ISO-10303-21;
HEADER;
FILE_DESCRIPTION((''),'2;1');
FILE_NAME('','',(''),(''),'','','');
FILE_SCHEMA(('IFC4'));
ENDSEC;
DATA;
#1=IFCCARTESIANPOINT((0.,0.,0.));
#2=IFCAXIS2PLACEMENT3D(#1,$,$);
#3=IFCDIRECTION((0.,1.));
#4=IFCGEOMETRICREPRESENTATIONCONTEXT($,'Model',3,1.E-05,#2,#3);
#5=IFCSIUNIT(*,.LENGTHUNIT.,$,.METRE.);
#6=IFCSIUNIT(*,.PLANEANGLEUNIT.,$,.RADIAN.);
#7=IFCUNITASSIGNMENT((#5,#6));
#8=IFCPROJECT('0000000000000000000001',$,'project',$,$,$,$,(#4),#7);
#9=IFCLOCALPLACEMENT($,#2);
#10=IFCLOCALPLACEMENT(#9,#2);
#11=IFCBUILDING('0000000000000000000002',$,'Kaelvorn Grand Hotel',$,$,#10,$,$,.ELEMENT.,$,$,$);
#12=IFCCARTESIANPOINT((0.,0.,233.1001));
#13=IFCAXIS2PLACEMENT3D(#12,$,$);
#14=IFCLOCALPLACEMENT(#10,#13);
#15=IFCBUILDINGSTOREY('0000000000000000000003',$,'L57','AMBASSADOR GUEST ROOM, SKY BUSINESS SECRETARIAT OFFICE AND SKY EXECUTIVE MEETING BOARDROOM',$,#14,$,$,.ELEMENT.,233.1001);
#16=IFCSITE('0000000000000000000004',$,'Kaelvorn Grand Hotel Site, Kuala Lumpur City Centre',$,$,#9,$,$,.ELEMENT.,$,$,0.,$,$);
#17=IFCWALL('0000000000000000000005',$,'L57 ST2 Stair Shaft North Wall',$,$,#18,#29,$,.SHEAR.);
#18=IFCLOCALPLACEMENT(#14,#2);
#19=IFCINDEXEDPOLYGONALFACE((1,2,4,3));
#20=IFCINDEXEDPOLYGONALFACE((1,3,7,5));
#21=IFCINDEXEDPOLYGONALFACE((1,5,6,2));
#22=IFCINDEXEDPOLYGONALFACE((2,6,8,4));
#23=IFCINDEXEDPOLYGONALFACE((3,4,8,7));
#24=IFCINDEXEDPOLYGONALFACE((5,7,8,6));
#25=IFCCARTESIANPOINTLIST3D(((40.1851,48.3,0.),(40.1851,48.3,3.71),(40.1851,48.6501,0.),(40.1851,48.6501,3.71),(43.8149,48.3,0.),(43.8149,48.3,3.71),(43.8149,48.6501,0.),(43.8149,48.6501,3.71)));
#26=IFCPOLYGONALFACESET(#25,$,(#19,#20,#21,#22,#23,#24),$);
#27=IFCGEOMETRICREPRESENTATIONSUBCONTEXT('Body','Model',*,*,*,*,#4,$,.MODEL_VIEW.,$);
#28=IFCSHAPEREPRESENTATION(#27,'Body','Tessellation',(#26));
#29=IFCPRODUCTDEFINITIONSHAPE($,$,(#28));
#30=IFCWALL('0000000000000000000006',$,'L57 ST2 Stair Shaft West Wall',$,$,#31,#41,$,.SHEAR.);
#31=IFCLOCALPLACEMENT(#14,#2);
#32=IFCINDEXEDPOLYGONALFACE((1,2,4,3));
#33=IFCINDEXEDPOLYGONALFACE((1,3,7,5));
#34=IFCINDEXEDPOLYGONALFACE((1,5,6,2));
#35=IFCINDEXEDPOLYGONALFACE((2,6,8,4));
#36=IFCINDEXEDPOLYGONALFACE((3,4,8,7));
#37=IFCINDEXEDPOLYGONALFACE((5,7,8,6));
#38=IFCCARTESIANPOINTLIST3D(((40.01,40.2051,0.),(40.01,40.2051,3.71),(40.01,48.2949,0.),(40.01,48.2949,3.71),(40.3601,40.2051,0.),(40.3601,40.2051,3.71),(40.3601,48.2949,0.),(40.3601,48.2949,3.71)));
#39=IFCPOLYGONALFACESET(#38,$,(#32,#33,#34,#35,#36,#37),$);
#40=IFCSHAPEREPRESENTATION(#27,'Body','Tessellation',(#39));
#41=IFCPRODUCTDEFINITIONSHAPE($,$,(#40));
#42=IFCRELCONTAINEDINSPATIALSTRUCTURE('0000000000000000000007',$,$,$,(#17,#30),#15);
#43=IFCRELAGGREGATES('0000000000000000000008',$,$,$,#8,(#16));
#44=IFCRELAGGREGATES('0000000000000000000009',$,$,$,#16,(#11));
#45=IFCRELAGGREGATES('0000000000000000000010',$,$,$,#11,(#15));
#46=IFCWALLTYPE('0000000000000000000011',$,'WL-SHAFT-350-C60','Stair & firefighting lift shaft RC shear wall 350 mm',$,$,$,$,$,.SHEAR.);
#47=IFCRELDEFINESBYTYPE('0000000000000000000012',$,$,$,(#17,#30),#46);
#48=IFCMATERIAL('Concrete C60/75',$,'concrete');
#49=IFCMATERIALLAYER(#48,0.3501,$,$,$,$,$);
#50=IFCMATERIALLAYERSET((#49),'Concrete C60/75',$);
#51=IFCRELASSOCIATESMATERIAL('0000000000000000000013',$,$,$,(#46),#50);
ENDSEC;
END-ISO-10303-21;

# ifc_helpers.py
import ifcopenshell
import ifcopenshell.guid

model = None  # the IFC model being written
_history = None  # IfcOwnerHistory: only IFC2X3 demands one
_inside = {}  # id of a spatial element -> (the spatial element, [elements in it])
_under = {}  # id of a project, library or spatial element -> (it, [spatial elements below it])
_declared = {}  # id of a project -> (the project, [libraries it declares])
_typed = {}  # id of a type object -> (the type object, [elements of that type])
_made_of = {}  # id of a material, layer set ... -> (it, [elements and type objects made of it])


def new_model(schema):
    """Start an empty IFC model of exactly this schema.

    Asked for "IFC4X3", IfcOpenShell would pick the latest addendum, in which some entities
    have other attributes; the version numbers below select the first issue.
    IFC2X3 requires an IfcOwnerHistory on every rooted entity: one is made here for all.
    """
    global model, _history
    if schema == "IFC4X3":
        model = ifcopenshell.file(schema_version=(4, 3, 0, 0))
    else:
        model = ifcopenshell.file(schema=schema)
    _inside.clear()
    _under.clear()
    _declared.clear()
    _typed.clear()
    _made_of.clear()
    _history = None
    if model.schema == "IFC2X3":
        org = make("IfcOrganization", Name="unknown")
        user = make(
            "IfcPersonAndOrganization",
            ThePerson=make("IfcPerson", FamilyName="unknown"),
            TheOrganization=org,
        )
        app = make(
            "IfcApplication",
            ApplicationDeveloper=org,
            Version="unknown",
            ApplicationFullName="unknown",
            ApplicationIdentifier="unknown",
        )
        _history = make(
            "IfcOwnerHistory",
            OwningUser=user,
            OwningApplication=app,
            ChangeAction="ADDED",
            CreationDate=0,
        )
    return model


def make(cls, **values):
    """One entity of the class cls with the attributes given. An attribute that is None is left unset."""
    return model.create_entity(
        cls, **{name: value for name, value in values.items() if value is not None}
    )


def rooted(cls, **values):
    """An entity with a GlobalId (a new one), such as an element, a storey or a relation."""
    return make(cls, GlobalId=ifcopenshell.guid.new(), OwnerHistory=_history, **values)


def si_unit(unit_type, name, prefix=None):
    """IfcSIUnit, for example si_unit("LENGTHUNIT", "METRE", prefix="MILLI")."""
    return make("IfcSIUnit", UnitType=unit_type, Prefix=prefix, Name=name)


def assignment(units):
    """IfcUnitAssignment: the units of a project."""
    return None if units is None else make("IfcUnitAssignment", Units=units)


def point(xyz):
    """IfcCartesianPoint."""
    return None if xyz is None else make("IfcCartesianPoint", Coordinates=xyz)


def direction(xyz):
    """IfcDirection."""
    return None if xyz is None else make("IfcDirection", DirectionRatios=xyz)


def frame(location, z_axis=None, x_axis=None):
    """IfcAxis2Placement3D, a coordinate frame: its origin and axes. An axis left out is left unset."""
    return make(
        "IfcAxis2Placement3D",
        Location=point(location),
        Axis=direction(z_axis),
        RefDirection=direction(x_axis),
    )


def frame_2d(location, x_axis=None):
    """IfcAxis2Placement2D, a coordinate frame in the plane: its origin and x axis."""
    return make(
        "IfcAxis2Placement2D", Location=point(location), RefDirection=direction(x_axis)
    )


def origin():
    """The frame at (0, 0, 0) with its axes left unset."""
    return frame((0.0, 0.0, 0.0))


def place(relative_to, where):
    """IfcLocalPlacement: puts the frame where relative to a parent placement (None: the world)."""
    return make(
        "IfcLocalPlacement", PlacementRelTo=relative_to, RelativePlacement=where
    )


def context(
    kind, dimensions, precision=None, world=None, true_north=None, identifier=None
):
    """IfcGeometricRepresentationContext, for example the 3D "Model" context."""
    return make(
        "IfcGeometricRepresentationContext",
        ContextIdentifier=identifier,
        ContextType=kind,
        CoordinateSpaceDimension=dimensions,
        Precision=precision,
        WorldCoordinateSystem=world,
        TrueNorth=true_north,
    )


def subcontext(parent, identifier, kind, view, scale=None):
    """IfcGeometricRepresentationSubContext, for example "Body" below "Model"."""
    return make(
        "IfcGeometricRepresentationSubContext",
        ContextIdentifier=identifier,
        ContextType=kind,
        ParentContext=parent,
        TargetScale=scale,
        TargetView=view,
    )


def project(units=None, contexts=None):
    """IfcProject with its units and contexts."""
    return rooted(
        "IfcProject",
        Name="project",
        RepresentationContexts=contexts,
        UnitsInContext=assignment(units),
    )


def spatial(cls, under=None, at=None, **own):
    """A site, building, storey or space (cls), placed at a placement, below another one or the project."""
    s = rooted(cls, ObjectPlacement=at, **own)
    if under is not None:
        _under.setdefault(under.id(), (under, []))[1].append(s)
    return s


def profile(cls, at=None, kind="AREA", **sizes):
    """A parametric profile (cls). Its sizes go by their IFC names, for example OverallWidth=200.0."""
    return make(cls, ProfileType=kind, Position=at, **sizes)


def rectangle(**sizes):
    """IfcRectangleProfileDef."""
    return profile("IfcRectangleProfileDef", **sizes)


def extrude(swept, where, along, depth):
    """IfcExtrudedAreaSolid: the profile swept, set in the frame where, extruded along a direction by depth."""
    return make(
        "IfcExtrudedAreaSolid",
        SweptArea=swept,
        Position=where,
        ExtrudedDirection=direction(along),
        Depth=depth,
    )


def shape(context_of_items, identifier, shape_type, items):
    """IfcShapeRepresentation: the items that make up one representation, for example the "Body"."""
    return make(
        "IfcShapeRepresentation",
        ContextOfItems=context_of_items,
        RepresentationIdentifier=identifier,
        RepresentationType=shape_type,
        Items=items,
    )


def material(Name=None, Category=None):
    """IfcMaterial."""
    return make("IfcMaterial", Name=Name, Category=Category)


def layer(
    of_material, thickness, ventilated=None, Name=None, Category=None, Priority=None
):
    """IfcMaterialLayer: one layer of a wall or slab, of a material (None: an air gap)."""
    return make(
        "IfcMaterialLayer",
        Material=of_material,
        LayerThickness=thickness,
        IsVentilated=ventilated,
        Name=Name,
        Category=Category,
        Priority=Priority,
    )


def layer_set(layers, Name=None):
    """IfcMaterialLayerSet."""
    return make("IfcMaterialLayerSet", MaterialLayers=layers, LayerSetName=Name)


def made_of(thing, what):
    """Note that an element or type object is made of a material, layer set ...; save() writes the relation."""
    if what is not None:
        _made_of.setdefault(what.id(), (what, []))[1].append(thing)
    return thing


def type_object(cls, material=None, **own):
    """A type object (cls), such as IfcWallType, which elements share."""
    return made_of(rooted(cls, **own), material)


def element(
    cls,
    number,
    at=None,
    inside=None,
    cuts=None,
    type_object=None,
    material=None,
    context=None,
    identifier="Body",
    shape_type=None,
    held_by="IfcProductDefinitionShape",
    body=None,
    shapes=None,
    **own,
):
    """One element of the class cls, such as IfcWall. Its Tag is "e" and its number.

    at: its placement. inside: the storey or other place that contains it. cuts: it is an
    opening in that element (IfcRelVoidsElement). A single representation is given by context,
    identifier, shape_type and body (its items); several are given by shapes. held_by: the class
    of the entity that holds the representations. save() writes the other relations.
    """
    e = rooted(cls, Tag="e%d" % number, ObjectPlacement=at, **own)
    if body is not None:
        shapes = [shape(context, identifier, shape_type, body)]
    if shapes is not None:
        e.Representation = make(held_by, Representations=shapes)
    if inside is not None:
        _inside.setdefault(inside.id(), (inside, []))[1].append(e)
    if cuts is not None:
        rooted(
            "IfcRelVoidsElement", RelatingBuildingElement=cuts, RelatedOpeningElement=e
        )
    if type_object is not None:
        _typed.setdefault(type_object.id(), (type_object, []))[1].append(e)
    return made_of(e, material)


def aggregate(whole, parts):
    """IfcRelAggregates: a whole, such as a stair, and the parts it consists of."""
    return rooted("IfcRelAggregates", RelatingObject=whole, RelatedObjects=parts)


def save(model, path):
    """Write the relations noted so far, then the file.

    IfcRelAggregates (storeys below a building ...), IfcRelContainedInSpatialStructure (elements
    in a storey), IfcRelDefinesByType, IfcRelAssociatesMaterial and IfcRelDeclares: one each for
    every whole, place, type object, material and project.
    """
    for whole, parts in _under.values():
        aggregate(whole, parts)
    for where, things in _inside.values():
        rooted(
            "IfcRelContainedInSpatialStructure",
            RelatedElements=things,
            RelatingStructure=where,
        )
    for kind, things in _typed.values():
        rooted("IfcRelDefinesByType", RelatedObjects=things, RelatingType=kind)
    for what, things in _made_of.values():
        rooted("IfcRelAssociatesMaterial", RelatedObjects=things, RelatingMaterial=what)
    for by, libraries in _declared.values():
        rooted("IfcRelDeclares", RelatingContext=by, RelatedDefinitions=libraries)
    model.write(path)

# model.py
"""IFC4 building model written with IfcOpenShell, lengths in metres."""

from ifc_helpers import new_model, si_unit, direction, frame, frame_2d, origin, place, context, subcontext, project, spatial, rectangle, extrude, material, layer, layer_set, type_object, element, save


model = new_model("IFC4")

# Units and contexts
model_context = context("Model", 3, precision=1e-05, world=origin(), true_north=direction((0.0, 1.0)))
body_context = subcontext(model_context, "Body", "Model", "MODEL_VIEW")
ifc_project = project(units=[si_unit("LENGTHUNIT", "METRE"), si_unit("PLANEANGLEUNIT", "RADIAN")], contexts=[model_context])

# Site, building, storey
site_placement = place(None, origin())
site = spatial("IfcSite", under=ifc_project, at=site_placement, Name="Kaelvorn Grand Hotel Site, Kuala Lumpur City Centre", CompositionType="ELEMENT", RefElevation=0.0)
building_placement = place(site_placement, origin())
building = spatial("IfcBuilding", under=site, at=building_placement, Name="Kaelvorn Grand Hotel", CompositionType="ELEMENT")
storey_placement = place(building_placement, frame((0.0, 0.0, 233.1001)))
storey = spatial("IfcBuildingStorey", under=building, at=storey_placement, Name="L57", Description="AMBASSADOR GUEST ROOM, SKY BUSINESS SECRETARIAT OFFICE AND SKY EXECUTIVE MEETING BOARDROOM", CompositionType="ELEMENT", Elevation=233.1001)

# Shared definitions
ifc_material_1 = material(Name="Concrete C60/75", Category="concrete")
ifc_layer_1 = layer(ifc_material_1, 0.3501)
ifc_layer_set_1 = layer_set([ifc_layer_1], Name="Concrete C60/75")
wall_type_1 = type_object("IfcWallType", Name="WL-SHAFT-350-C60", Description="Stair & firefighting lift shaft RC shear wall 350 mm", PredefinedType="SHEAR", material=ifc_layer_set_1)

# Walls
wall_1_placement = place(storey_placement, frame((40.1851, 48.4751, 0.0), z_axis=(0.0, 0.0, 1.0), x_axis=(1.0, 0.0, 0.0)))
element("IfcWall", 1, at=wall_1_placement, inside=storey, type_object=wall_type_1, Name="L57 ST2 Stair Shaft North Wall", PredefinedType="SHEAR", context=body_context, shape_type="SweptSolid", body=[
    extrude(rectangle(XDim=3.6299, YDim=0.3501, at=frame_2d((1.8149, 0.0))), origin(), (0.0, 0.0, 1.0), 3.71),
])
wall_2_placement = place(storey_placement, frame((40.1851, 40.2051, 0.0), z_axis=(0.0, 0.0, 1.0), x_axis=(0.0, 1.0, 0.0)))
element("IfcWall", 2, at=wall_2_placement, inside=storey, type_object=wall_type_1, Name="L57 ST2 Stair Shaft West Wall", PredefinedType="SHEAR", context=body_context, shape_type="SweptSolid", body=[
    extrude(rectangle(XDim=8.0898, YDim=0.3501, at=frame_2d((4.0449, 0.0))), origin(), (0.0, 0.0, 1.0), 3.71),
])

save(model, "model.ifc")
